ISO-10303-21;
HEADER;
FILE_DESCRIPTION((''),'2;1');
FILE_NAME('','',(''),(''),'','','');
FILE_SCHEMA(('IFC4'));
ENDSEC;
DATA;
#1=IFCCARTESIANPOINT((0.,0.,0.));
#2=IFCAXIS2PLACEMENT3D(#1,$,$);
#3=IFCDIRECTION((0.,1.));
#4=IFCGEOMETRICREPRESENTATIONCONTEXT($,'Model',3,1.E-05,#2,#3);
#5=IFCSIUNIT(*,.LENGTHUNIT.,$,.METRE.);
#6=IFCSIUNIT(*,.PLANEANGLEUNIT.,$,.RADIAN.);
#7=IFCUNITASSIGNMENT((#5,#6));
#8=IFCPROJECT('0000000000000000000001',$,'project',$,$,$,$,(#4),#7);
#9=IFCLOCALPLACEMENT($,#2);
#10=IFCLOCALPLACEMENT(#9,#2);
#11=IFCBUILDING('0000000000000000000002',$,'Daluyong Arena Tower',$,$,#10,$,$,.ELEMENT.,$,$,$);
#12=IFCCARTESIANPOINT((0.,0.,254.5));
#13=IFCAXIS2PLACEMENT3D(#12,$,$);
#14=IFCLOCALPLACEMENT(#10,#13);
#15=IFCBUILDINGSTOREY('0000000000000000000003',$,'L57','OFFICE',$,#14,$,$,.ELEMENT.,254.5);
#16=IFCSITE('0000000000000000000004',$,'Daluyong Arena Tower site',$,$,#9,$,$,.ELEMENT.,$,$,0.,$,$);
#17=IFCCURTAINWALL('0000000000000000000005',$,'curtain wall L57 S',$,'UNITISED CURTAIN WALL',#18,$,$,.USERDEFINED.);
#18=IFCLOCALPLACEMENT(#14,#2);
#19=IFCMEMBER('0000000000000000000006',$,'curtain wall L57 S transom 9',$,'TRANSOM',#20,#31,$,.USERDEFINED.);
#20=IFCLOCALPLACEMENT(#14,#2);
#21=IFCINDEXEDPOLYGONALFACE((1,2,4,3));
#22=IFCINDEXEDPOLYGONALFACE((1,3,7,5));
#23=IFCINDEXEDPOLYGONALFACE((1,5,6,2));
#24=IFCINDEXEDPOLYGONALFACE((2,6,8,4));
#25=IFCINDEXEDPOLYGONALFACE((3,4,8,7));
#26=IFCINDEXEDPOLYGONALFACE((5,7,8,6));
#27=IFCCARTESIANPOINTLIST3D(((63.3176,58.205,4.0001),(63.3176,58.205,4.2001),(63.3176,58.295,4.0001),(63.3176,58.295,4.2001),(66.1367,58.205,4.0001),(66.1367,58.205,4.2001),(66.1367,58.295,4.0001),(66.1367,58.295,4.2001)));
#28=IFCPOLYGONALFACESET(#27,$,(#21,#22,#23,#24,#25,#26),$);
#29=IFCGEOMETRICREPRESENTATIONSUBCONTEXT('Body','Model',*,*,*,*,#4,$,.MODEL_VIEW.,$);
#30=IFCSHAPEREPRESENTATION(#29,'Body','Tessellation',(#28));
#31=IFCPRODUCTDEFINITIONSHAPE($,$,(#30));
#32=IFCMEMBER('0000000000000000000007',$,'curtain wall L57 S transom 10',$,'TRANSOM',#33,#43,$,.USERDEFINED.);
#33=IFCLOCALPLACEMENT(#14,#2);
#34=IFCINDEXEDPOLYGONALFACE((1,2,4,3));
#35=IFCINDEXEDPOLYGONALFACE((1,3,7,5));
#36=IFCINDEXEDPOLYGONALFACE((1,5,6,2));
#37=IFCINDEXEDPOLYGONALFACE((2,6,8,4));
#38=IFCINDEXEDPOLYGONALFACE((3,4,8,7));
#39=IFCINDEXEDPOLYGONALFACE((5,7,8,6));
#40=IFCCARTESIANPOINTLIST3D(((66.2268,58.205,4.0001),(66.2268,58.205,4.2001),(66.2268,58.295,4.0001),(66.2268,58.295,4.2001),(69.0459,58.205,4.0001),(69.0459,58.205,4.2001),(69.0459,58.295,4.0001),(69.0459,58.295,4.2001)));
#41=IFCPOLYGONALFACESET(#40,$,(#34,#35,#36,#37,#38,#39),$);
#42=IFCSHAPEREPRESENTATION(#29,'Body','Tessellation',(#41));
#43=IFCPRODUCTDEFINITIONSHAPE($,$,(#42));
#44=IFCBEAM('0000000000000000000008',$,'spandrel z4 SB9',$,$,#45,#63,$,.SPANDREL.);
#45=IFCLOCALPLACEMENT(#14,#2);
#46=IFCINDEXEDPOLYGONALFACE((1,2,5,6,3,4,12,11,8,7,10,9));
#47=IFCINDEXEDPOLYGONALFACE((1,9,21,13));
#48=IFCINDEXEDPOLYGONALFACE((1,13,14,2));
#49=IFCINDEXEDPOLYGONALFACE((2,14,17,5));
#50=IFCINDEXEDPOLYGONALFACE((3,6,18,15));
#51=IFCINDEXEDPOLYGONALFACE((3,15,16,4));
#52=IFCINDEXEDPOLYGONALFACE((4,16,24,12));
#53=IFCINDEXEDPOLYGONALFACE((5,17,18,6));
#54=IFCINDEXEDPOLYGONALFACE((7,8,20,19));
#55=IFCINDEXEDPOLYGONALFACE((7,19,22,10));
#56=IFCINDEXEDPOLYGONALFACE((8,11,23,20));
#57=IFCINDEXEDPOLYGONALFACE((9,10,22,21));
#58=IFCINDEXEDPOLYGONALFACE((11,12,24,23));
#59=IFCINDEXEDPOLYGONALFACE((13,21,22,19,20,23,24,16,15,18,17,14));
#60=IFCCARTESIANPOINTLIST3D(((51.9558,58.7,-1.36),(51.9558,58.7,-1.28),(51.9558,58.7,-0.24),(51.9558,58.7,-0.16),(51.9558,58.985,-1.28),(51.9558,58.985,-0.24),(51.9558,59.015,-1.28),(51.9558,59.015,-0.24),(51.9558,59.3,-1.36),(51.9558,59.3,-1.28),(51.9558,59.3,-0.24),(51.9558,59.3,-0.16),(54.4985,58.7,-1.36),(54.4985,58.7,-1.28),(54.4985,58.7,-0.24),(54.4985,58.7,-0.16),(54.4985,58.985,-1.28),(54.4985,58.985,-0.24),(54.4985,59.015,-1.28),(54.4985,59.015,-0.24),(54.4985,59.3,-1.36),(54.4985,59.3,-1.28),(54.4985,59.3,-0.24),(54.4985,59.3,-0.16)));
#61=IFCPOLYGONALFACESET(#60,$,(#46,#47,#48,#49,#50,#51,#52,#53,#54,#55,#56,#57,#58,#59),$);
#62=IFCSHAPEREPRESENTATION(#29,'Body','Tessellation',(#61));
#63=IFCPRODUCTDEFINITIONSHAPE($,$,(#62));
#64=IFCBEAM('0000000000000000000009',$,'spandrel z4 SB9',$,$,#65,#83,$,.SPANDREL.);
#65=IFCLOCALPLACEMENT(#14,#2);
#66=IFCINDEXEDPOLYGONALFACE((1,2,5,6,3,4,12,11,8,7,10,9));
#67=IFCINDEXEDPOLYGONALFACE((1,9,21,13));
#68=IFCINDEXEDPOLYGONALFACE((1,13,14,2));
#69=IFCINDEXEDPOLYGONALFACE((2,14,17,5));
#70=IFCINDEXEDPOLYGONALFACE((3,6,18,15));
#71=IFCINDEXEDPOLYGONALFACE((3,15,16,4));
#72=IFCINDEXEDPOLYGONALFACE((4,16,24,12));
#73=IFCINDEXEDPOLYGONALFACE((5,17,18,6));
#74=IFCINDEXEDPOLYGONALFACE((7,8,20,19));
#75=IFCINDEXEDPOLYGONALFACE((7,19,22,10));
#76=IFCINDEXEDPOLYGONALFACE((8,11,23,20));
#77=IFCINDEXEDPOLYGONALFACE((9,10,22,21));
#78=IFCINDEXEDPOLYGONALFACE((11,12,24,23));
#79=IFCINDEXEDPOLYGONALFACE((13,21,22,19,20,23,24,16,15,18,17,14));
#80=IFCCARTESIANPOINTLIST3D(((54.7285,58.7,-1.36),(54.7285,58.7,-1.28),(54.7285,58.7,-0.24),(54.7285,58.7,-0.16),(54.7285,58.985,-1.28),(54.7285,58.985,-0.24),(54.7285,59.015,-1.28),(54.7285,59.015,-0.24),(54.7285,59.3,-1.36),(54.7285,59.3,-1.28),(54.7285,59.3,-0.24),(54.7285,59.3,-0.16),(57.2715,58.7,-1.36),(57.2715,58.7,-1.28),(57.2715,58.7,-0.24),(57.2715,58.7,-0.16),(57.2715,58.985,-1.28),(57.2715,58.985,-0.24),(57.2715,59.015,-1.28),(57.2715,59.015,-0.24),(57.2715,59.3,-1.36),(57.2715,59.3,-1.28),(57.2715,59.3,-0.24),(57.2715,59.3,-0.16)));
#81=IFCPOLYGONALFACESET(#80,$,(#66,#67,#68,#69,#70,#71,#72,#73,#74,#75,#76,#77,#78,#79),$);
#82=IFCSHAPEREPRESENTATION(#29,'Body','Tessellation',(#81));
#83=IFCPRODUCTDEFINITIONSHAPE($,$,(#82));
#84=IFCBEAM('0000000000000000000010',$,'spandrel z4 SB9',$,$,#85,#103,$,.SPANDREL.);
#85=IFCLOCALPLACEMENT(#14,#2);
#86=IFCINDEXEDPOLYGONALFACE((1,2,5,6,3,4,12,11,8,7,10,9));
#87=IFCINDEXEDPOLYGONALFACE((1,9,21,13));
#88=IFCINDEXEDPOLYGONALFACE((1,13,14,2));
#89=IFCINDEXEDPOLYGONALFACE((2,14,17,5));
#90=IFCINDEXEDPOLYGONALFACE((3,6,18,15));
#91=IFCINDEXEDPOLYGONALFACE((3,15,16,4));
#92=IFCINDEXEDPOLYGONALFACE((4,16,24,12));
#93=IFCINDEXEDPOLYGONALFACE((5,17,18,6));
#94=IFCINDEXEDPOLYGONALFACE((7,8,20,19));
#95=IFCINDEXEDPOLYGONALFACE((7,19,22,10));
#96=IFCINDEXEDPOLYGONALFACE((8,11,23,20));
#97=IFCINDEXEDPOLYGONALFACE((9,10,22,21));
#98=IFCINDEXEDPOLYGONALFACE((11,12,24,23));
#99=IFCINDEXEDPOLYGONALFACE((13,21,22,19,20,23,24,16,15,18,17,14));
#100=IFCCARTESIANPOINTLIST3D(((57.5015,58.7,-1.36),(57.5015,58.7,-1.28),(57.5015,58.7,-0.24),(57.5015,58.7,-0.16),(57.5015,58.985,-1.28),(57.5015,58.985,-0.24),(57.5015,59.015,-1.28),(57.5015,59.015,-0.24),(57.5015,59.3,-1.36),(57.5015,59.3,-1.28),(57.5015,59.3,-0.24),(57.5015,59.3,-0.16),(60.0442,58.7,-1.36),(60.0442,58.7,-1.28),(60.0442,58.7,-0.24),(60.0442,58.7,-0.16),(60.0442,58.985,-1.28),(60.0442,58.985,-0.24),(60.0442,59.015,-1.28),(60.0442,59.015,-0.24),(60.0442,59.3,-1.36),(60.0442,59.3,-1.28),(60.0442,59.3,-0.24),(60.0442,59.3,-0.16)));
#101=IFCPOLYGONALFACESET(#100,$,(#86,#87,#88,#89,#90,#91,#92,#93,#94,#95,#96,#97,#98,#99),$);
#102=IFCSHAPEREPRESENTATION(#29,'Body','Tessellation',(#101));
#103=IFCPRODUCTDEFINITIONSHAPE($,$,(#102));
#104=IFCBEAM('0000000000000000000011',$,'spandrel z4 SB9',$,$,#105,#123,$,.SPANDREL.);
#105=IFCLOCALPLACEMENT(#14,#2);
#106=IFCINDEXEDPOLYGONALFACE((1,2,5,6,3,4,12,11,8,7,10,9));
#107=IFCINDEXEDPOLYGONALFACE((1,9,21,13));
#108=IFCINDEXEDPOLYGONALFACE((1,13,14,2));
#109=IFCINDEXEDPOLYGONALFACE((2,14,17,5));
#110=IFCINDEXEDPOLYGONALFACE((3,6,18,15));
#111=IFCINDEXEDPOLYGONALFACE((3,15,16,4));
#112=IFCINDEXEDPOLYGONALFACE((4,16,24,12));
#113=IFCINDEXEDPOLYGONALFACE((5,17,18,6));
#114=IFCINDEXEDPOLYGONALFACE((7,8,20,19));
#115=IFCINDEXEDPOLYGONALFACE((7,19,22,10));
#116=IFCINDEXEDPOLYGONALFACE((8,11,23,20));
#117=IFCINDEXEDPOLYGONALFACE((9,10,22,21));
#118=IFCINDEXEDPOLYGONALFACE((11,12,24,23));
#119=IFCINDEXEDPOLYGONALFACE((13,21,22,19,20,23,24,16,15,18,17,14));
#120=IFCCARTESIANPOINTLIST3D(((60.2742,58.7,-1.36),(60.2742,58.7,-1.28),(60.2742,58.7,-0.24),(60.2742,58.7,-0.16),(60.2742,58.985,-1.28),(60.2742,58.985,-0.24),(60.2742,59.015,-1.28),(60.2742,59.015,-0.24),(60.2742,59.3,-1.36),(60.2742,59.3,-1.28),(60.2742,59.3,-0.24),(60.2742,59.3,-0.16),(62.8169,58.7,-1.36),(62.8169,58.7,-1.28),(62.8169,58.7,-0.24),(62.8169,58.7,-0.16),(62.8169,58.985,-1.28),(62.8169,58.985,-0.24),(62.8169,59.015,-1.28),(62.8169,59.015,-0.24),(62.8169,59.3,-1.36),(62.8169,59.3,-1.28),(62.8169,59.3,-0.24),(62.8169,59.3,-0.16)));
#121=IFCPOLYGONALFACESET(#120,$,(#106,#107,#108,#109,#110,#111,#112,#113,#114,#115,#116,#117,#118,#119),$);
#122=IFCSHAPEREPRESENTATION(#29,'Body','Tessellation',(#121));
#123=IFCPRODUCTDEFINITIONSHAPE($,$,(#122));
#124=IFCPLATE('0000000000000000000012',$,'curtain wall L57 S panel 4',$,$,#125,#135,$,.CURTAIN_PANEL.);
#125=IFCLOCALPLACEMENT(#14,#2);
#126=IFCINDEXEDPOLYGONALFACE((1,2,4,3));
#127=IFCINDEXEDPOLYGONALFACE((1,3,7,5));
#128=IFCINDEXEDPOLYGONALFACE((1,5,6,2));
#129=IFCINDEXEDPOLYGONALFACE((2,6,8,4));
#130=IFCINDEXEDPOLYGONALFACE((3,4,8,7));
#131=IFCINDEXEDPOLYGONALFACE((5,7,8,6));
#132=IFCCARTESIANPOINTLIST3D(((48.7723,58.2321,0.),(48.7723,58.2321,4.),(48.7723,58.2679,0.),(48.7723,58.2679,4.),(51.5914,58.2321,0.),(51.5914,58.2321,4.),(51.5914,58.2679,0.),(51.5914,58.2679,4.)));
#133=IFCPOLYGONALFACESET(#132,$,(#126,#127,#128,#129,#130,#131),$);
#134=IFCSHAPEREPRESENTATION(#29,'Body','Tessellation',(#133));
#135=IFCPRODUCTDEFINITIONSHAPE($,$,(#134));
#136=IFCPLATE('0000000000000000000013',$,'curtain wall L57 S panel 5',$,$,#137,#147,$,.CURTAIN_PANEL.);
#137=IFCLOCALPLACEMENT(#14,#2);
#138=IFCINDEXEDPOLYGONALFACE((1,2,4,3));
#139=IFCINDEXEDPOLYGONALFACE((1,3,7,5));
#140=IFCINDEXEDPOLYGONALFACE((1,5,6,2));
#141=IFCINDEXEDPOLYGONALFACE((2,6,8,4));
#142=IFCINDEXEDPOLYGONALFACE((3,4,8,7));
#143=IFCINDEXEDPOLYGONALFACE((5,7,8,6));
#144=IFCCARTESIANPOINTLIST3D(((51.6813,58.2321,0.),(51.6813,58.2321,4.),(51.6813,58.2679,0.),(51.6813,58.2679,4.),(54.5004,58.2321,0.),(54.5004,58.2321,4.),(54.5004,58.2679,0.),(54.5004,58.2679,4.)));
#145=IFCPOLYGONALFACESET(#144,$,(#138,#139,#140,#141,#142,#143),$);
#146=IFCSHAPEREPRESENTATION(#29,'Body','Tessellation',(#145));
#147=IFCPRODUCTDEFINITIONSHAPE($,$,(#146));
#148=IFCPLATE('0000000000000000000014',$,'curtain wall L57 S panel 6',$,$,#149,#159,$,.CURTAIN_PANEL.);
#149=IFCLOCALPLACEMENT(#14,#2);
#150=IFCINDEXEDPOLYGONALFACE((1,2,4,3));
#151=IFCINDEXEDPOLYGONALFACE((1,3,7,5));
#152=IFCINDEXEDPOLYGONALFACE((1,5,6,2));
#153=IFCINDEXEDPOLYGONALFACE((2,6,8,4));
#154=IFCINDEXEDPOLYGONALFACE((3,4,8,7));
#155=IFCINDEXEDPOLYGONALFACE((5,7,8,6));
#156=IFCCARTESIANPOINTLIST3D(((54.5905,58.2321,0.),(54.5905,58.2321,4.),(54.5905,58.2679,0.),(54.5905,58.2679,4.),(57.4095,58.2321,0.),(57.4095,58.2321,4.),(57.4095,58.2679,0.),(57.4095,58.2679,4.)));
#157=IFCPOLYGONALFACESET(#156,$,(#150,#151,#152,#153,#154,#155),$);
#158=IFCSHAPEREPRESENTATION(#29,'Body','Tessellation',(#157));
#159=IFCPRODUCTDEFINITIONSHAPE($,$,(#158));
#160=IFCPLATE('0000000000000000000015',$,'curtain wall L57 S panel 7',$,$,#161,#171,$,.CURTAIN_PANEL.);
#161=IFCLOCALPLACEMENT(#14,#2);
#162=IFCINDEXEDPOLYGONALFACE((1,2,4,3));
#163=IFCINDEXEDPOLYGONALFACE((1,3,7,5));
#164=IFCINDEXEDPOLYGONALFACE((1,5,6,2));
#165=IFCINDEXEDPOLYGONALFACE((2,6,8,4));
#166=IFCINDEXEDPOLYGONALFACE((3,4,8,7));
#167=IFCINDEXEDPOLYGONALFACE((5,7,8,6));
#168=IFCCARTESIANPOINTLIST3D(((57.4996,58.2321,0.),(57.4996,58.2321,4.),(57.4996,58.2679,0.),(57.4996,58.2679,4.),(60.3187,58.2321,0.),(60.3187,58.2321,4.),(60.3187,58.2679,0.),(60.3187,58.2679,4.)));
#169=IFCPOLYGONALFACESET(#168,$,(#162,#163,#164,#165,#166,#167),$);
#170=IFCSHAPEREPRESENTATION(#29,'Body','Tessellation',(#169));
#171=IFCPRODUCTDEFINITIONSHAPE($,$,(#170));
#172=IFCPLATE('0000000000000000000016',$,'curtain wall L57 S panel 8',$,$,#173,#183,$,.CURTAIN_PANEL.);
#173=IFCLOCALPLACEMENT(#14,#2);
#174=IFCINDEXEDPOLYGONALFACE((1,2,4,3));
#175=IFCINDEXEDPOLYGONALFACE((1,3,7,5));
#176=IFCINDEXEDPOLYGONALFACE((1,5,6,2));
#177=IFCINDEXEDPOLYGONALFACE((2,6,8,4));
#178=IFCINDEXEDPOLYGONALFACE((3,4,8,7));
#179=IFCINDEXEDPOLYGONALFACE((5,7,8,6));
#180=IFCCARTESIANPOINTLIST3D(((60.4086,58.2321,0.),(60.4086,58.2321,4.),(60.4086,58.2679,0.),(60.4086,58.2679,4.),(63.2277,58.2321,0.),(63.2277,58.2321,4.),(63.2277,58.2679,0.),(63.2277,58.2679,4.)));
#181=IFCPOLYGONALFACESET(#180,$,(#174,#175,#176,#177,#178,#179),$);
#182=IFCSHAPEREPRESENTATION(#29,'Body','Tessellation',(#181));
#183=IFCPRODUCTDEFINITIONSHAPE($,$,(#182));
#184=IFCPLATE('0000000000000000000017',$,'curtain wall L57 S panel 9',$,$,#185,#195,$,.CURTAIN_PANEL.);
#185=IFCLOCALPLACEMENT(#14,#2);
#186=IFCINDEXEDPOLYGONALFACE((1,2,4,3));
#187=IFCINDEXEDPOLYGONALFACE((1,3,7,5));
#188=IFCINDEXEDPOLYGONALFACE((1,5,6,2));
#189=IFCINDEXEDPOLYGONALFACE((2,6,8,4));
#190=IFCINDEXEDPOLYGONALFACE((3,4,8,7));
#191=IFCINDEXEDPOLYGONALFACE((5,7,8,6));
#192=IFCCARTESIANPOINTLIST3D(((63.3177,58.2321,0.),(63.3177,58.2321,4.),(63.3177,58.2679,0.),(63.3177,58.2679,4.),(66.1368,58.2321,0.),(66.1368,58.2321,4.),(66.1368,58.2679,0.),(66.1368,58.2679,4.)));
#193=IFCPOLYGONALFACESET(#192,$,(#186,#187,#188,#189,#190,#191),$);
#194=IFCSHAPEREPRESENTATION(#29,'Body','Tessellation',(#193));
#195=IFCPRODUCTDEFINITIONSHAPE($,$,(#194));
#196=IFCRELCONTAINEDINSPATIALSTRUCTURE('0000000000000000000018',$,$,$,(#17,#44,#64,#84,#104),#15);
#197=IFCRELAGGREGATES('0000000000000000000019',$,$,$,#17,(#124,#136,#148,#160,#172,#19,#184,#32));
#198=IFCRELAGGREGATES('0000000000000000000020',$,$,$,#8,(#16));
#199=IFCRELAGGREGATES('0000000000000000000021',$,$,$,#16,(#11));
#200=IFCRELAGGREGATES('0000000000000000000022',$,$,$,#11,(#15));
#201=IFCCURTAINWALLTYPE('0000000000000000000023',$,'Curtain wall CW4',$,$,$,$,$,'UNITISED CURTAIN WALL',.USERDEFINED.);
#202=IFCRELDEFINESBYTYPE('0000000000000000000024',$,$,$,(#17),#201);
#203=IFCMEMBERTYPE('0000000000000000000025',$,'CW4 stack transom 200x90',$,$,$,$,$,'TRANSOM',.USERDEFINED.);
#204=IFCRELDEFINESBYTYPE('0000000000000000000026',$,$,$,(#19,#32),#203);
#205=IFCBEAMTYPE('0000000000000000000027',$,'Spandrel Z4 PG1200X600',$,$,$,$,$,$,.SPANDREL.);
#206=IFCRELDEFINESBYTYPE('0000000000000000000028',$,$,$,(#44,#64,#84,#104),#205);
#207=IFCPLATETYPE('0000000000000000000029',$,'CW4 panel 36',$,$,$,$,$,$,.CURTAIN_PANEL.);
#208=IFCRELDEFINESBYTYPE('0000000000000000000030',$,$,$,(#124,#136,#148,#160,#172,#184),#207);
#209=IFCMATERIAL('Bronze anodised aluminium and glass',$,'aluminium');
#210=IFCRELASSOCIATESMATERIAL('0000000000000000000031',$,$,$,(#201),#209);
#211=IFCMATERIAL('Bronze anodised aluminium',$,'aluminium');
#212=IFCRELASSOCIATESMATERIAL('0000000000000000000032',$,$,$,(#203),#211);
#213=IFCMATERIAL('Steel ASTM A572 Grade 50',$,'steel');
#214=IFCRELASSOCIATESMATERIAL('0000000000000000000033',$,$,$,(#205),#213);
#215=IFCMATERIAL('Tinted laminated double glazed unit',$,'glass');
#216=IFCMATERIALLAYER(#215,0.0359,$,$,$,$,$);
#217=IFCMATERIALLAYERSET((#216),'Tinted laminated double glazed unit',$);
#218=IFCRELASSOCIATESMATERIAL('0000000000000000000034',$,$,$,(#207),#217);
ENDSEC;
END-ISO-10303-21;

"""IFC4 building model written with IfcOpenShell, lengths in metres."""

from ifc_helpers import new_model, si_unit, direction, frame, origin, origin_2d, place, context, subcontext, project, spatial, rectangle, i_section, extrude, material, layer, layer_set, material_profile, profile_set, type_object, element, aggregate, save


model = new_model("IFC4")

# Units and contexts
model_context = context("Model", 3, precision=1e-05, world=origin(), true_north=direction((0.0, 1.0)))
body_context = subcontext(model_context, "Body", "Model", "MODEL_VIEW")
ifc_project = project(units=[si_unit("LENGTHUNIT", "METRE"), si_unit("PLANEANGLEUNIT", "RADIAN")], contexts=[model_context])

# Site, building, storey
site_placement = place(None, origin())
site = spatial("IfcSite", under=ifc_project, at=site_placement, Name="Daluyong Arena Tower site", CompositionType="ELEMENT", RefElevation=0.0)
building_placement = place(site_placement, origin())
building = spatial("IfcBuilding", under=site, at=building_placement, Name="Daluyong Arena Tower", CompositionType="ELEMENT")
storey_placement = place(building_placement, frame((0.0, 0.0, 254.5)))
storey = spatial("IfcBuildingStorey", under=building, at=storey_placement, Name="L57", Description="OFFICE", CompositionType="ELEMENT", Elevation=254.5)

# Curtain wall, members
ifc_material_1 = material(Name="Bronze anodised aluminium and glass", Category="aluminium")
curtain_wall_type = type_object("IfcCurtainWallType", Name="Curtain wall CW4", ElementType="UNITISED CURTAIN WALL", PredefinedType="USERDEFINED", material=ifc_material_1)
curtain_wall_placement = place(storey_placement, origin())
curtain_wall = element("IfcCurtainWall", 1, at=curtain_wall_placement, inside=storey, type_object=curtain_wall_type, Name="curtain wall L57 S", ObjectType="UNITISED CURTAIN WALL", PredefinedType="USERDEFINED")
ifc_material_2 = material(Name="Bronze anodised aluminium", Category="aluminium")
ifc_material_profile_1 = material_profile(ifc_material_2, rectangle(XDim=0.0901, YDim=0.2, at=origin_2d()))
ifc_profile_set_1 = profile_set([ifc_material_profile_1], Name="Bronze anodised aluminium")
member_type_1 = type_object("IfcMemberType", Name="CW4 stack transom 200x90", ElementType="TRANSOM", PredefinedType="USERDEFINED", material=ifc_profile_set_1)
member_1_placement = place(storey_placement, frame((63.3176, 58.25, 4.1001), z_axis=(1.0, 0.0, 0.0), x_axis=(0.0, 1.0, 0.0)))
member_1 = element("IfcMember", 2, at=member_1_placement, type_object=member_type_1, Name="curtain wall L57 S transom 9", ObjectType="TRANSOM", PredefinedType="USERDEFINED", context=body_context, shape_type="SweptSolid", body=[
    extrude(rectangle(XDim=0.0901, YDim=0.2, at=origin_2d()), origin(), (0.0, 0.0, 1.0), 2.8191),
])
member_2_placement = place(storey_placement, frame((66.2268, 58.25, 4.1001), z_axis=(1.0, 0.0, 0.0), x_axis=(0.0, 1.0, 0.0)))
member_2 = element("IfcMember", 3, at=member_2_placement, type_object=member_type_1, Name="curtain wall L57 S transom 10", ObjectType="TRANSOM", PredefinedType="USERDEFINED", context=body_context, shape_type="SweptSolid", body=[
    extrude(rectangle(XDim=0.0901, YDim=0.2, at=origin_2d()), origin(), (0.0, 0.0, 1.0), 2.8191),
])

# Beams
ifc_material_3 = material(Name="Steel ASTM A572 Grade 50", Category="steel")
ifc_material_profile_2 = material_profile(ifc_material_3, i_section(OverallWidth=0.6001, OverallDepth=1.2, WebThickness=0.03, FlangeThickness=0.08, at=origin_2d()))
ifc_profile_set_2 = profile_set([ifc_material_profile_2], Name="Steel ASTM A572 Grade 50")
beam_type = type_object("IfcBeamType", Name="Spandrel Z4 PG1200X600", PredefinedType="SPANDREL", material=ifc_profile_set_2)
beam_1_placement = place(storey_placement, frame((51.9558, 59.0, -0.76), z_axis=(1.0, 0.0, 0.0), x_axis=(0.0, 1.0, 0.0)))
element("IfcBeam", 4, at=beam_1_placement, inside=storey, type_object=beam_type, Name="spandrel z4 SB9", PredefinedType="SPANDREL", context=body_context, shape_type="SweptSolid", body=[
    extrude(i_section(OverallWidth=0.6001, OverallDepth=1.2, WebThickness=0.03, FlangeThickness=0.08, at=origin_2d()), origin(), (0.0, 0.0, 1.0), 2.5427),
])
beam_2_placement = place(storey_placement, frame((54.7285, 59.0, -0.76), z_axis=(1.0, 0.0, 0.0), x_axis=(0.0, 1.0, 0.0)))
element("IfcBeam", 5, at=beam_2_placement, inside=storey, type_object=beam_type, Name="spandrel z4 SB9", PredefinedType="SPANDREL", context=body_context, shape_type="SweptSolid", body=[
    extrude(i_section(OverallWidth=0.6001, OverallDepth=1.2, WebThickness=0.03, FlangeThickness=0.08, at=origin_2d()), origin(), (0.0, 0.0, 1.0), 2.543),
])
for number, where, z_axis, x_axis, name in (
    (6, (57.5015, 59.0, -0.76), (1.0, 0.0, 0.0), (0.0, 1.0, 0.0), "spandrel z4 SB9"),
    (7, (60.2742, 59.0, -0.76), (1.0, 0.0, 0.0), (0.0, 1.0, 0.0), "spandrel z4 SB9"),
):
    element("IfcBeam", number, at=place(storey_placement, frame(where, z_axis=z_axis, x_axis=x_axis)), inside=storey, type_object=beam_type, Name=name, PredefinedType="SPANDREL", context=body_context, shape_type="SweptSolid", body=[
        extrude(i_section(OverallWidth=0.6001, OverallDepth=1.2, WebThickness=0.03, FlangeThickness=0.08, at=origin_2d()), origin(), (0.0, 0.0, 1.0), 2.5427),
    ])

# Plates
ifc_material_4 = material(Name="Tinted laminated double glazed unit", Category="glass")
ifc_layer = layer(ifc_material_4, 0.0359)
ifc_layer_set = layer_set([ifc_layer], Name="Tinted laminated double glazed unit")
plate_type = type_object("IfcPlateType", Name="CW4 panel 36", PredefinedType="CURTAIN_PANEL", material=ifc_layer_set)
plate_1_placement = place(storey_placement, frame((50.1819, 58.25, 0.0), z_axis=(0.0, 0.0, 1.0), x_axis=(1.0, 0.0, 0.0)))
plate_1 = element("IfcPlate", 8, at=plate_1_placement, type_object=plate_type, Name="curtain wall L57 S panel 4", PredefinedType="CURTAIN_PANEL", context=body_context, shape_type="SweptSolid", body=[
    extrude(rectangle(XDim=2.8191, YDim=0.0359, at=origin_2d()), origin(), (0.0, 0.0, 1.0), 4.0),
])
plate_2_placement = place(storey_placement, frame((53.0908, 58.25, 0.0), z_axis=(0.0, 0.0, 1.0), x_axis=(1.0, 0.0, 0.0)))
plate_2 = element("IfcPlate", 9, at=plate_2_placement, type_object=plate_type, Name="curtain wall L57 S panel 5", PredefinedType="CURTAIN_PANEL", context=body_context, shape_type="SweptSolid", body=[
    extrude(rectangle(XDim=2.8191, YDim=0.0359, at=origin_2d()), origin(), (0.0, 0.0, 1.0), 4.0),
])
plate_3_placement = place(storey_placement, frame((56.0, 58.25, 0.0), z_axis=(0.0, 0.0, 1.0), x_axis=(1.0, 0.0, 0.0)))
plate_3 = element("IfcPlate", 10, at=plate_3_placement, type_object=plate_type, Name="curtain wall L57 S panel 6", PredefinedType="CURTAIN_PANEL", context=body_context, shape_type="SweptSolid", body=[
    extrude(rectangle(XDim=2.8191, YDim=0.0359, at=origin_2d()), origin(), (0.0, 0.0, 1.0), 4.0),
])
plate_4_placement = place(storey_placement, frame((58.9092, 58.25, 0.0), z_axis=(0.0, 0.0, 1.0), x_axis=(1.0, 0.0, 0.0)))
plate_4 = element("IfcPlate", 11, at=plate_4_placement, type_object=plate_type, Name="curtain wall L57 S panel 7", PredefinedType="CURTAIN_PANEL", context=body_context, shape_type="SweptSolid", body=[
    extrude(rectangle(XDim=2.8191, YDim=0.0359, at=origin_2d()), origin(), (0.0, 0.0, 1.0), 4.0),
])
plate_5_placement = place(storey_placement, frame((61.8181, 58.25, 0.0), z_axis=(0.0, 0.0, 1.0), x_axis=(1.0, 0.0, 0.0)))
plate_5 = element("IfcPlate", 12, at=plate_5_placement, type_object=plate_type, Name="curtain wall L57 S panel 8", PredefinedType="CURTAIN_PANEL", context=body_context, shape_type="SweptSolid", body=[
    extrude(rectangle(XDim=2.8191, YDim=0.0359, at=origin_2d()), origin(), (0.0, 0.0, 1.0), 4.0),
])
plate_6_placement = place(storey_placement, frame((64.7273, 58.25, 0.0), z_axis=(0.0, 0.0, 1.0), x_axis=(1.0, 0.0, 0.0)))
plate_6 = element("IfcPlate", 13, at=plate_6_placement, type_object=plate_type, Name="curtain wall L57 S panel 9", PredefinedType="CURTAIN_PANEL", context=body_context, shape_type="SweptSolid", body=[
    extrude(rectangle(XDim=2.8191, YDim=0.0359, at=origin_2d()), origin(), (0.0, 0.0, 1.0), 4.0),
])
aggregate(curtain_wall, [plate_1, plate_2, plate_3, plate_4, plate_5, member_1, plate_6, member_2])

save(model, "model.ifc")
